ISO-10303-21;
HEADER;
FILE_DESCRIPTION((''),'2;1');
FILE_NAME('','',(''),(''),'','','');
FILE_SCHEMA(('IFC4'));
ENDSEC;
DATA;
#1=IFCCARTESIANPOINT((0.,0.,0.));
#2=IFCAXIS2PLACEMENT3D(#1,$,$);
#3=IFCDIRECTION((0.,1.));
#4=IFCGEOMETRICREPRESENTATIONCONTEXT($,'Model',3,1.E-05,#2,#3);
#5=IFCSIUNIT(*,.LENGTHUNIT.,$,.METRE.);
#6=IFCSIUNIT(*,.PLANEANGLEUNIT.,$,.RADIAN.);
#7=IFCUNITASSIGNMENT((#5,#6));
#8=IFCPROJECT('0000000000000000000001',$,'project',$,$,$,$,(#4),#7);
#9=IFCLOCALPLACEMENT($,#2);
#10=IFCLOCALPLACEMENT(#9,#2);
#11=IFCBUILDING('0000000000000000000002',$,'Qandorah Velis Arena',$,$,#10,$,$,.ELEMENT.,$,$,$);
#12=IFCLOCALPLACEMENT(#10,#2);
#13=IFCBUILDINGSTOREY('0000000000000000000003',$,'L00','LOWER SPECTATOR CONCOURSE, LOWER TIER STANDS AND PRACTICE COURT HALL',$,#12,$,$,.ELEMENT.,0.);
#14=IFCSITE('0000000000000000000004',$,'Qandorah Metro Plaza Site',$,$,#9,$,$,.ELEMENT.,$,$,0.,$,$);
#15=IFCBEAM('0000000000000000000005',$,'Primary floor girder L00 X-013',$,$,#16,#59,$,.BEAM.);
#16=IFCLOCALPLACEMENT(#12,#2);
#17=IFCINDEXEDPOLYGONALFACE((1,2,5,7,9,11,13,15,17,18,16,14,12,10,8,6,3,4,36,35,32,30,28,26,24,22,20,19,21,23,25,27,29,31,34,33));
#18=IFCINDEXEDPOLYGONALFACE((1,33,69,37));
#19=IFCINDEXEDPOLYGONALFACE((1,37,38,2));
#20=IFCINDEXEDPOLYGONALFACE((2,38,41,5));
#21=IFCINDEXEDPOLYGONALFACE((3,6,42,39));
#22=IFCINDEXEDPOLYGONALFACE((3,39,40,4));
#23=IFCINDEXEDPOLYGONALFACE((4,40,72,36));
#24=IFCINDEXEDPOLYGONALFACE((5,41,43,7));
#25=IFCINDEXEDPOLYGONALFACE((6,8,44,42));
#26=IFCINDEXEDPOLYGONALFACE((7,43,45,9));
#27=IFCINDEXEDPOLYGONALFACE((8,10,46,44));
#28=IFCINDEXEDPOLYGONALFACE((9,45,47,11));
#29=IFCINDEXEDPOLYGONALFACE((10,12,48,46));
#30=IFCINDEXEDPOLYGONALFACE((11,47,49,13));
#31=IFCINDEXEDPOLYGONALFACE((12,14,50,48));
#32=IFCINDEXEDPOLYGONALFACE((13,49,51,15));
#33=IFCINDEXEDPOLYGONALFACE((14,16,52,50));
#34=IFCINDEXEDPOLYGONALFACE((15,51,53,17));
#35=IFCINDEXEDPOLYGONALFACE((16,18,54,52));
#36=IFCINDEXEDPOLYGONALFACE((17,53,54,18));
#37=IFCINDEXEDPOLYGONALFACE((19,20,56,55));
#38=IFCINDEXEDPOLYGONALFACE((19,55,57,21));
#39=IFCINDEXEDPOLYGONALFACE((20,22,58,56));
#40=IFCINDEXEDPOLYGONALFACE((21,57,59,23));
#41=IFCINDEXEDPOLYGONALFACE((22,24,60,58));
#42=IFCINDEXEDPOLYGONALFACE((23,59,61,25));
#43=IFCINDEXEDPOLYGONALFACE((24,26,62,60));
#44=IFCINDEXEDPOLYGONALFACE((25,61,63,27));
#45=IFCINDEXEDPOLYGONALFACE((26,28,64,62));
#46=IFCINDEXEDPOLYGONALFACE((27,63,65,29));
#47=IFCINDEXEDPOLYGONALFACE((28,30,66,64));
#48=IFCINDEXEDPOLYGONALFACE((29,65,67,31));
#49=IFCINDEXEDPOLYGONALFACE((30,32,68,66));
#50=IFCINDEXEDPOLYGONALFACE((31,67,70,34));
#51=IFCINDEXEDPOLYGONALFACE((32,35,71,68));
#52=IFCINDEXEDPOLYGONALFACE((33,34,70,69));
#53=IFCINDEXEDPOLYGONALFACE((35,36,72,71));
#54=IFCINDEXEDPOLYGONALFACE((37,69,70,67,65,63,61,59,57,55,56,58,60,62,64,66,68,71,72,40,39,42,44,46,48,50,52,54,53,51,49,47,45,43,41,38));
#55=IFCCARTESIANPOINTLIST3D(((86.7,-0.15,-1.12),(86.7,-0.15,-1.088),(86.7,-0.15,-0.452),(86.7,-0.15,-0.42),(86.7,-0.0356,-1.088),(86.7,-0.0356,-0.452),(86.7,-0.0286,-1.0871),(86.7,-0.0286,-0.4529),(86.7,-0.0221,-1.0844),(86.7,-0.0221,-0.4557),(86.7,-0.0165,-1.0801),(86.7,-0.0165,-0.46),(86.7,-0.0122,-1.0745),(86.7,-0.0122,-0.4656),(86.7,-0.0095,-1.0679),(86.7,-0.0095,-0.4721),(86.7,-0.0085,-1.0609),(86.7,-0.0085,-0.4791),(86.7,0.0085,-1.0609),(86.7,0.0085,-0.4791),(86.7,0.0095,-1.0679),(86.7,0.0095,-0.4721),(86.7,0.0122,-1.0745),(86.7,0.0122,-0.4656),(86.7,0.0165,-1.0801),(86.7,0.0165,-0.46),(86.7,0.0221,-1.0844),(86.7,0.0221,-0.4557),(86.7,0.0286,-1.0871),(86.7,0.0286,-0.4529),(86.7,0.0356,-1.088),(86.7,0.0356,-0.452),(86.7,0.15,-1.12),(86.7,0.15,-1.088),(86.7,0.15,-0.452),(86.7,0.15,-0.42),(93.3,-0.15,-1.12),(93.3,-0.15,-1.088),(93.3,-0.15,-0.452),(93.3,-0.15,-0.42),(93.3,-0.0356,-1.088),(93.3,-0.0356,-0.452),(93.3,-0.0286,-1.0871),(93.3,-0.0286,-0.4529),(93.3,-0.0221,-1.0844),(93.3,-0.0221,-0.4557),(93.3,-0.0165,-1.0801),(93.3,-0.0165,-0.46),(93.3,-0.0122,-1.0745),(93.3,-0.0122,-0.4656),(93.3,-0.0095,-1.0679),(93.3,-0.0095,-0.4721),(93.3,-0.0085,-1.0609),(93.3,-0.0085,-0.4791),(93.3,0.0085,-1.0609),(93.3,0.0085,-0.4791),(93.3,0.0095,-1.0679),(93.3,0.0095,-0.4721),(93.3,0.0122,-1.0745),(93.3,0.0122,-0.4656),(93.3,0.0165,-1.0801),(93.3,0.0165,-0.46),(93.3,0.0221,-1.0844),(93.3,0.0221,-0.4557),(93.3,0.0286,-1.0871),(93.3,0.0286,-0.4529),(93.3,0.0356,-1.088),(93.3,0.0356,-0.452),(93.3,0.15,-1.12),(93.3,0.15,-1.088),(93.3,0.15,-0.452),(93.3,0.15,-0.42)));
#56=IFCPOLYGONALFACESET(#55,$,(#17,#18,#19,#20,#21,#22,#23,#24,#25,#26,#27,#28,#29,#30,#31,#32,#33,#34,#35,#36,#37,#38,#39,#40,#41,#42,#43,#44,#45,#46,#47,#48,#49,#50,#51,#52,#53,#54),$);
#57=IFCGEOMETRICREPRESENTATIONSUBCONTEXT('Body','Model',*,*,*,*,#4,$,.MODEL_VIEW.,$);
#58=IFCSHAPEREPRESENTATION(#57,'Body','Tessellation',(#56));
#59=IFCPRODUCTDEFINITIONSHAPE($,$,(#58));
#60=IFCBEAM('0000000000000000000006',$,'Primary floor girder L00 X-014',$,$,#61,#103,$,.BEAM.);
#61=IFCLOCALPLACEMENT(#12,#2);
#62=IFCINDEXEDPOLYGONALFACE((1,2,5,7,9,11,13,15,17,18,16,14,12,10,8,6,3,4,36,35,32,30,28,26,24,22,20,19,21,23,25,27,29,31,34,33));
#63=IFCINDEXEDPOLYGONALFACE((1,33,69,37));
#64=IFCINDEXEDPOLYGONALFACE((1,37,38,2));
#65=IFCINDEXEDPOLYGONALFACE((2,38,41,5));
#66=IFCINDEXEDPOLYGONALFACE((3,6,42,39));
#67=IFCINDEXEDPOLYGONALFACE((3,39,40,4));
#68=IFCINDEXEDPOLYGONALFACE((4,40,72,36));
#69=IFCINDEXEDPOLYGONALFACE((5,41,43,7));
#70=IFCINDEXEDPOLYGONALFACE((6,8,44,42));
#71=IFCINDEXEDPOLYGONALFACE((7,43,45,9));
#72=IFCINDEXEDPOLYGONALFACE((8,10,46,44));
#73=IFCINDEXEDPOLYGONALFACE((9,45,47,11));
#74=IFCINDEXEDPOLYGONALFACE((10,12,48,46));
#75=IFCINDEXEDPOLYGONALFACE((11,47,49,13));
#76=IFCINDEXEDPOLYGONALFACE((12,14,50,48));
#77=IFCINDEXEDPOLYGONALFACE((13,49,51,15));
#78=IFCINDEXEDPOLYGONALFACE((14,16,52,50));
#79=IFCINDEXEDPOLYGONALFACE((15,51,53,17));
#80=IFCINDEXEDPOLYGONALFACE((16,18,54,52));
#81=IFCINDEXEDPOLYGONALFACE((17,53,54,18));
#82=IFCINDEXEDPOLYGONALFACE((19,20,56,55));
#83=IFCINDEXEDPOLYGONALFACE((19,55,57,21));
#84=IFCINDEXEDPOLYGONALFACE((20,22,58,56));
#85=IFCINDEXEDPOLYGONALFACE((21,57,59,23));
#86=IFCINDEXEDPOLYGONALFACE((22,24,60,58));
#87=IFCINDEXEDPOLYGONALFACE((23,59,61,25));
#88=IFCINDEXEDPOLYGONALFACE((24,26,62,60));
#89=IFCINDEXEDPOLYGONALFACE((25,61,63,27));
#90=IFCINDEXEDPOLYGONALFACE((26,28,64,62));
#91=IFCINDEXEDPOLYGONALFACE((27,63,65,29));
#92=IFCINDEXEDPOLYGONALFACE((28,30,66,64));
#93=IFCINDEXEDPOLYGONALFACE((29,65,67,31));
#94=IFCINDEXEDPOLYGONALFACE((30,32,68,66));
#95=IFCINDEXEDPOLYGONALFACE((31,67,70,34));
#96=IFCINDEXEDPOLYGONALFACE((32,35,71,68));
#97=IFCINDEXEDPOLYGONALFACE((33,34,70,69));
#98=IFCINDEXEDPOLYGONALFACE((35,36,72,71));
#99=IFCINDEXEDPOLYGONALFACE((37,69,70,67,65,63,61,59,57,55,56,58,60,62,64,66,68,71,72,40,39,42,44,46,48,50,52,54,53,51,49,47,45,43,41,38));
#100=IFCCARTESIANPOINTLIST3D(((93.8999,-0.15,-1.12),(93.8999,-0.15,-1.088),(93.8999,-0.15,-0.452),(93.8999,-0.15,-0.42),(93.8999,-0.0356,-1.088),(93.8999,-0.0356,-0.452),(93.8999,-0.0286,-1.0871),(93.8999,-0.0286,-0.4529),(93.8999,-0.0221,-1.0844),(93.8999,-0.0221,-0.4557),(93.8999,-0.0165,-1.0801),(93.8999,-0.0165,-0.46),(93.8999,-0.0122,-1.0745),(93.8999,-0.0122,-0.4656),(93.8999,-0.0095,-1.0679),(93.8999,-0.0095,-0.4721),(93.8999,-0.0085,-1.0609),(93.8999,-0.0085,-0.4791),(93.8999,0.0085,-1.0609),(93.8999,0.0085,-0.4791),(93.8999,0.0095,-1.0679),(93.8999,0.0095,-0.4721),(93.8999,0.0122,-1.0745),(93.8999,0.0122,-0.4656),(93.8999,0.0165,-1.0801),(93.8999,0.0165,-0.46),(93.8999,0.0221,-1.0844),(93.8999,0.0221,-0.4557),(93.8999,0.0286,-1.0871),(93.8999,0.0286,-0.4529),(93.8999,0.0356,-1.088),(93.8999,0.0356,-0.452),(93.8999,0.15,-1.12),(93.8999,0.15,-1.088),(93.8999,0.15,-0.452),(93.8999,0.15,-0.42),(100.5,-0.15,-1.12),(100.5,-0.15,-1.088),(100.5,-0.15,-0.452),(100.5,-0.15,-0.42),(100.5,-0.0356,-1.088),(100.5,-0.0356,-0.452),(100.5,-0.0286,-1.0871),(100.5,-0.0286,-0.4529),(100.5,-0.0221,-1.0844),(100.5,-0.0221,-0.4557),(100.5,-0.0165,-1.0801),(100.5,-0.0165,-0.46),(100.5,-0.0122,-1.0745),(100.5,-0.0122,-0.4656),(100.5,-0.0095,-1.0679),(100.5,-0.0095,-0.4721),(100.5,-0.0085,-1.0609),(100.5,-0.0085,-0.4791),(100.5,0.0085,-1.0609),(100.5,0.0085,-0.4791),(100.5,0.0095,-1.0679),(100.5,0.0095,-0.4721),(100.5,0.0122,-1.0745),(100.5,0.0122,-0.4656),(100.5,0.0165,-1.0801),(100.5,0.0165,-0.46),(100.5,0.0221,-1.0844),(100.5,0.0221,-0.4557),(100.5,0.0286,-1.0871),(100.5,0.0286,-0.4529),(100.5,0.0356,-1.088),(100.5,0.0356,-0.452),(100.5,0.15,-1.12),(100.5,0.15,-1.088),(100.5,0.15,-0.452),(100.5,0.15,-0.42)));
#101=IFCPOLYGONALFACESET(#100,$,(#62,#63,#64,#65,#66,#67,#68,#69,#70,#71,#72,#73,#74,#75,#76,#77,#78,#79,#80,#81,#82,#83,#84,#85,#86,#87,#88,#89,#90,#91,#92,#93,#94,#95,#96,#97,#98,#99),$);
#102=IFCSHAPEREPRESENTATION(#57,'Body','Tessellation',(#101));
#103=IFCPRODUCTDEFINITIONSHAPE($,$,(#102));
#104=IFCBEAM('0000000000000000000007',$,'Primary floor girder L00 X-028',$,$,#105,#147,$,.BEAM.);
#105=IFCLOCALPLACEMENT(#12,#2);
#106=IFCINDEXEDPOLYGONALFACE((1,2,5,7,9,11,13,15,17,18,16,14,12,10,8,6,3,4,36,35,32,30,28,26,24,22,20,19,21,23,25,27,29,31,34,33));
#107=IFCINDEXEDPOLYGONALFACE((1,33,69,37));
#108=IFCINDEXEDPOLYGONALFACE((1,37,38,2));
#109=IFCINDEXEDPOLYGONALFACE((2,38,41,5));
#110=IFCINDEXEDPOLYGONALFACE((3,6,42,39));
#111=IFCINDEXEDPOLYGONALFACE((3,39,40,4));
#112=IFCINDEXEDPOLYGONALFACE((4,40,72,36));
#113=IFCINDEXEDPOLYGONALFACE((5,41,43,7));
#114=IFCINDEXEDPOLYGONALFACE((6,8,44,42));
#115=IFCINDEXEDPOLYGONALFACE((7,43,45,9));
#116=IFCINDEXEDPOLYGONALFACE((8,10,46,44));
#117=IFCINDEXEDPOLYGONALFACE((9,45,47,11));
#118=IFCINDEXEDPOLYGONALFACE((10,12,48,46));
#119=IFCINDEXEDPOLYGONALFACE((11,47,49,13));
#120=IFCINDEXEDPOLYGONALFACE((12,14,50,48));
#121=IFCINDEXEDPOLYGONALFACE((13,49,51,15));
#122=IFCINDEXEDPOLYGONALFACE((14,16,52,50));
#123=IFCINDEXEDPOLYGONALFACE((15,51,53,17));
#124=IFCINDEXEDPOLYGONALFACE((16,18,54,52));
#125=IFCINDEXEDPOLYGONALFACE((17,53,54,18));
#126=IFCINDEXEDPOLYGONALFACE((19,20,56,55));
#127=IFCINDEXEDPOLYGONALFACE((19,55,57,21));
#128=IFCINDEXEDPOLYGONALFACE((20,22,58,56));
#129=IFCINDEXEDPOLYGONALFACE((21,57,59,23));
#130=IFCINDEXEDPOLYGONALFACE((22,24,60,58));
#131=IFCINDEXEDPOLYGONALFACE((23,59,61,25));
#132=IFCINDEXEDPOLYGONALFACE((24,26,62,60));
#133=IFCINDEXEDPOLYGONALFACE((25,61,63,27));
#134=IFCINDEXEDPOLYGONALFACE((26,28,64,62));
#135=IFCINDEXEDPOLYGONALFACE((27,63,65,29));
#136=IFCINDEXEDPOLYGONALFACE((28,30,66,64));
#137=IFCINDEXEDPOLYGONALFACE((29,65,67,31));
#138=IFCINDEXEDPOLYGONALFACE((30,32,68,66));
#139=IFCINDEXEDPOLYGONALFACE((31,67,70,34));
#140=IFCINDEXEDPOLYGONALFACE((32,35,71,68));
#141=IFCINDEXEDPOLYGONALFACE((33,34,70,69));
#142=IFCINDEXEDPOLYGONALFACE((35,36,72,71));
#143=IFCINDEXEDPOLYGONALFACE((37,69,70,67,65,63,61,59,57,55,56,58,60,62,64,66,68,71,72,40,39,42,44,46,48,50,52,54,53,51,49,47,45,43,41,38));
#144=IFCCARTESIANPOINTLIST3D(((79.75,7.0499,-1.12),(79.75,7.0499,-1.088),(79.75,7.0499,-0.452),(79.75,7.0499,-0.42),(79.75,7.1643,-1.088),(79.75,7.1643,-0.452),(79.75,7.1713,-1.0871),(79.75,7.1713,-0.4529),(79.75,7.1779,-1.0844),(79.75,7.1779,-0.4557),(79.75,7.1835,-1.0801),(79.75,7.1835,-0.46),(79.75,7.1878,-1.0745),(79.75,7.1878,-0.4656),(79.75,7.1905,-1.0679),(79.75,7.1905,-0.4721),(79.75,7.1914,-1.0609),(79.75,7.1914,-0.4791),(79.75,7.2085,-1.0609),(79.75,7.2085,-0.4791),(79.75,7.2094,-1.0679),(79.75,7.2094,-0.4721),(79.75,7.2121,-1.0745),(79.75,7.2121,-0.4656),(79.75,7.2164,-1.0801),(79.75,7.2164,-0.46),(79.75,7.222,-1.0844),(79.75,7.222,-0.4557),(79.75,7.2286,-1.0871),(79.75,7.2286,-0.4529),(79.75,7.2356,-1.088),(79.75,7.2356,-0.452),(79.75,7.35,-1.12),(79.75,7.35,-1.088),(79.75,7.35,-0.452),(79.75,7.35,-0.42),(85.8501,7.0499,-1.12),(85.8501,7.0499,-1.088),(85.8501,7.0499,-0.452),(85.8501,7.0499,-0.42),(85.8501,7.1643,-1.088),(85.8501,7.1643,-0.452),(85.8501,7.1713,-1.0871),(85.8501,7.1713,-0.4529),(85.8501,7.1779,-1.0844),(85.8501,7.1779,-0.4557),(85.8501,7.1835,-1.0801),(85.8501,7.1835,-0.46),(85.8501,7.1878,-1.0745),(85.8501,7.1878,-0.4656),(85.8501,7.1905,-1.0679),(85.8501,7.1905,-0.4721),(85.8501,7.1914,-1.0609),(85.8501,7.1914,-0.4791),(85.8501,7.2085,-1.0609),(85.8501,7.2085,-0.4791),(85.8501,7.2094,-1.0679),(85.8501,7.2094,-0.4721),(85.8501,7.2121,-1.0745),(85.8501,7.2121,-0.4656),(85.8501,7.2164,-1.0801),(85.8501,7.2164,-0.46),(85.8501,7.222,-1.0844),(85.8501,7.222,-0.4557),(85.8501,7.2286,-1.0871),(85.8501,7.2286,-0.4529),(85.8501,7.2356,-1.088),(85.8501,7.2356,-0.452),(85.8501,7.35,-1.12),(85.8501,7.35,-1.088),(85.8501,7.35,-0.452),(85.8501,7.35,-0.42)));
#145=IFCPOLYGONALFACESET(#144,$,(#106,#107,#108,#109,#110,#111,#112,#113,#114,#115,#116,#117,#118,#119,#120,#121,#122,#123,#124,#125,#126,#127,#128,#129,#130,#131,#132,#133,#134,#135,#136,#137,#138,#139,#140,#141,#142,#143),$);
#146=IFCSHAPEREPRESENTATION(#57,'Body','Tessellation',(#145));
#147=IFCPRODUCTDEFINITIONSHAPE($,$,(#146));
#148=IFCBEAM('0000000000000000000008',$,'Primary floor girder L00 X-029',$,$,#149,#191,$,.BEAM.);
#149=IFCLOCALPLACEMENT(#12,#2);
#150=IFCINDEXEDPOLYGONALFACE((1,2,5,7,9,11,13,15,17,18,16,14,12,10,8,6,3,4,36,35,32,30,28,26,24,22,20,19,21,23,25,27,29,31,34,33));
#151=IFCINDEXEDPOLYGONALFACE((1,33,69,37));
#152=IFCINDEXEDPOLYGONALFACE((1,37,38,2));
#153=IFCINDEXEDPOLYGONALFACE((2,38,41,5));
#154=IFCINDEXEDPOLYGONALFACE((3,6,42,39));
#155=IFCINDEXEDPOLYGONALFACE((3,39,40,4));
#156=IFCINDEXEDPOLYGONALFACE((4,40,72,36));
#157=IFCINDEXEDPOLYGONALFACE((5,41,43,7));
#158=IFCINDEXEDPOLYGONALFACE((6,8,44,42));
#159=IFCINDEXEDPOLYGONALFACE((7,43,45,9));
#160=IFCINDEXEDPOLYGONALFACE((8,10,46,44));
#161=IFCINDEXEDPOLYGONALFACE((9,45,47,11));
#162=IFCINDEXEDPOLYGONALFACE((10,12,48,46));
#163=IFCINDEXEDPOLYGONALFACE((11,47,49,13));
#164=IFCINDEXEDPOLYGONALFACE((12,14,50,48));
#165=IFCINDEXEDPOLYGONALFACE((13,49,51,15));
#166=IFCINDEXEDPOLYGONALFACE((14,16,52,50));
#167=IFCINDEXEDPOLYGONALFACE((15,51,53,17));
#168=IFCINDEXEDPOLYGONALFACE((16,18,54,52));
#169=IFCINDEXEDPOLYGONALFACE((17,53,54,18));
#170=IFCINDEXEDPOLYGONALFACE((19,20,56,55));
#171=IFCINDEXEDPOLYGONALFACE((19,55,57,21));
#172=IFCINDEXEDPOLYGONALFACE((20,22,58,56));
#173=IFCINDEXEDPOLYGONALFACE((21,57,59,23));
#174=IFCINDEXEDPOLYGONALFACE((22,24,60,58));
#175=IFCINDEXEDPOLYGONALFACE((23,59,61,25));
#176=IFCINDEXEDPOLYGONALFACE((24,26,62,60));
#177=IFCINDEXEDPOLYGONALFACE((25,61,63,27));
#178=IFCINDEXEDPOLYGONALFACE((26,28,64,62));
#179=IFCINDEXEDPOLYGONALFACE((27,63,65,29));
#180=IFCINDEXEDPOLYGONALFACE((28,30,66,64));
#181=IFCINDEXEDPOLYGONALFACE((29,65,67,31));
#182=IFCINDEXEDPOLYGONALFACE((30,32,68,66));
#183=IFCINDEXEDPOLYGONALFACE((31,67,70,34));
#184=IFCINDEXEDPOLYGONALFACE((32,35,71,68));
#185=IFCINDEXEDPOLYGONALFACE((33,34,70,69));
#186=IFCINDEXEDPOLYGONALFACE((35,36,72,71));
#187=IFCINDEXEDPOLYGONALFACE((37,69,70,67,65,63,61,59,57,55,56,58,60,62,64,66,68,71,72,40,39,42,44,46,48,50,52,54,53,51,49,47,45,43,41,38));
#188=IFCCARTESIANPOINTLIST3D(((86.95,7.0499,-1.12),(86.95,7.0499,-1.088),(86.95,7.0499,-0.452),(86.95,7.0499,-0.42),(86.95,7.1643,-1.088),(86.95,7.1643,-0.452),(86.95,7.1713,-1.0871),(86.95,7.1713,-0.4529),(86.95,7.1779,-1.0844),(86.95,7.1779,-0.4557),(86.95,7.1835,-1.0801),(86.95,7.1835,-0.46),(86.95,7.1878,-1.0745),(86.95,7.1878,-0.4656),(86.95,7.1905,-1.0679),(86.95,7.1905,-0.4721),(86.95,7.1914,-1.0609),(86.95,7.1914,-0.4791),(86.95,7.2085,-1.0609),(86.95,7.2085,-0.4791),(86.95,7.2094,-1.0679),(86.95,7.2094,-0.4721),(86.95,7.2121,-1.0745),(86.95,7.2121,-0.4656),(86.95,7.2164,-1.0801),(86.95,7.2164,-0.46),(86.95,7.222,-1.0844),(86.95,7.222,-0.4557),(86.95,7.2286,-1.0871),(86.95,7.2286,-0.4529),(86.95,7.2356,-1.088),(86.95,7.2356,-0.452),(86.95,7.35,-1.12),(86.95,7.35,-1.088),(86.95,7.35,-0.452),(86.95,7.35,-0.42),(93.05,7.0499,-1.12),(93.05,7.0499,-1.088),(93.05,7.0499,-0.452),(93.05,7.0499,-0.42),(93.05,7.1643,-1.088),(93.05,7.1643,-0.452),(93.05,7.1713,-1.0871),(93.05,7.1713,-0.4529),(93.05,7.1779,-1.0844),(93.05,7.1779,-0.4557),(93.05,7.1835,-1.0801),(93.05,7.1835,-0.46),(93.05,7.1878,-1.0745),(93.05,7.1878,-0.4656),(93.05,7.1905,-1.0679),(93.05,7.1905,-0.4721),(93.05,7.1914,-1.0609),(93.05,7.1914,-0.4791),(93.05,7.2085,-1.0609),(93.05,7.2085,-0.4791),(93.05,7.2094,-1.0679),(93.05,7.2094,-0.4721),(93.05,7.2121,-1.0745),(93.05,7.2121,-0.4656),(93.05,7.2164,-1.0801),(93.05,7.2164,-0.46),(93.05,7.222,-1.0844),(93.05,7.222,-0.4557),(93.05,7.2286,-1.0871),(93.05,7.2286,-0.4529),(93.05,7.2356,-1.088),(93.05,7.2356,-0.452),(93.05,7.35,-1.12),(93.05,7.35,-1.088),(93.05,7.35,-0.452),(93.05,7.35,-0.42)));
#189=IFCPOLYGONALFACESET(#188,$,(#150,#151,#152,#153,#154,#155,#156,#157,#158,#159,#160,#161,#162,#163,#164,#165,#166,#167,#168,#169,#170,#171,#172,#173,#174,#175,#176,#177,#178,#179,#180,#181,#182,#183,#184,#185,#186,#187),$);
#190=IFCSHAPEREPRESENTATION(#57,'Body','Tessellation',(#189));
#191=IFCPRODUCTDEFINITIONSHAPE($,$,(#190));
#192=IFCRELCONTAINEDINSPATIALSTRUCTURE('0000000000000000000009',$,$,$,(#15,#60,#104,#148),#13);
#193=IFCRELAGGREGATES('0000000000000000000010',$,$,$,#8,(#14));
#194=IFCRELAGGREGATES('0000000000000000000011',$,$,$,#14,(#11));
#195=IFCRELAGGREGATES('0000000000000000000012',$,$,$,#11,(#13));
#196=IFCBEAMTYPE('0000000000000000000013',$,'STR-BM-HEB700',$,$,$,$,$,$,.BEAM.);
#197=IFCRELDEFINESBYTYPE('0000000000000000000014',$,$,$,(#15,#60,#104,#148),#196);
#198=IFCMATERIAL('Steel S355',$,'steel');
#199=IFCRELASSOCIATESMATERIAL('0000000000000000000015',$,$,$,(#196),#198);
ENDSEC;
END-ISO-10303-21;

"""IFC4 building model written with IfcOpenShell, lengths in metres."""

from ifc_helpers import new_model, si_unit, direction, frame, origin, origin_2d, place, context, subcontext, project, spatial, i_section, extrude, material, material_profile, profile_set, type_object, element, save


model = new_model("IFC4")

# Units and contexts
model_context = context("Model", 3, precision=1e-05, world=origin(), true_north=direction((0.0, 1.0)))
body_context = subcontext(model_context, "Body", "Model", "MODEL_VIEW")
ifc_project = project(units=[si_unit("LENGTHUNIT", "METRE"), si_unit("PLANEANGLEUNIT", "RADIAN")], contexts=[model_context])

# Site, building, storey
site_placement = place(None, origin())
site = spatial("IfcSite", under=ifc_project, at=site_placement, Name="Qandorah Metro Plaza Site", CompositionType="ELEMENT", RefElevation=0.0)
building_placement = place(site_placement, origin())
building = spatial("IfcBuilding", under=site, at=building_placement, Name="Qandorah Velis Arena", CompositionType="ELEMENT")
storey_placement = place(building_placement, origin())
storey = spatial("IfcBuildingStorey", under=building, at=storey_placement, Name="L00", Description="LOWER SPECTATOR CONCOURSE, LOWER TIER STANDS AND PRACTICE COURT HALL", CompositionType="ELEMENT", Elevation=0.0)

# Beams
ifc_material_1 = material(Name="Steel S355", Category="steel")
ifc_material_profile_1 = material_profile(ifc_material_1, i_section(OverallWidth=0.3, OverallDepth=0.7, WebThickness=0.0171, FlangeThickness=0.032, FilletRadius=0.0271, at=origin_2d()), Name="HEB 700")
ifc_profile_set_1 = profile_set([ifc_material_profile_1], Name="Steel S355")
beam_type_1 = type_object("IfcBeamType", Name="STR-BM-HEB700", PredefinedType="BEAM", material=ifc_profile_set_1)
for number, where, z_axis, x_axis, name in (
    (1, (86.7, 0.0, -0.77), (1.0, 0.0, 0.0), (0.0, 1.0, 0.0), "Primary floor girder L00 X-013"),
    (2, (93.8999, 0.0, -0.77), (1.0, 0.0, 0.0), (0.0, 1.0, 0.0), "Primary floor girder L00 X-014"),
):
    element("IfcBeam", number, at=place(storey_placement, frame(where, z_axis=z_axis, x_axis=x_axis)), inside=storey, type_object=beam_type_1, Name=name, PredefinedType="BEAM", context=body_context, shape_type="SweptSolid", body=[
        extrude(i_section(OverallWidth=0.3, OverallDepth=0.7, WebThickness=0.0171, FlangeThickness=0.032, FilletRadius=0.0271, at=origin_2d()), origin(), (0.0, 0.0, 1.0), 6.6001),
    ])
for number, where, z_axis, x_axis, name in (
    (3, (79.75, 7.2, -0.77), (1.0, 0.0, 0.0), (0.0, 1.0, 0.0), "Primary floor girder L00 X-028"),
    (4, (86.95, 7.2, -0.77), (1.0, 0.0, 0.0), (0.0, 1.0, 0.0), "Primary floor girder L00 X-029"),
):
    element("IfcBeam", number, at=place(storey_placement, frame(where, z_axis=z_axis, x_axis=x_axis)), inside=storey, type_object=beam_type_1, Name=name, PredefinedType="BEAM", context=body_context, shape_type="SweptSolid", body=[
        extrude(i_section(OverallWidth=0.3, OverallDepth=0.7, WebThickness=0.0171, FlangeThickness=0.032, FilletRadius=0.0271, at=origin_2d()), origin(), (0.0, 0.0, 1.0), 6.1001),
    ])

save(model, "model.ifc")
